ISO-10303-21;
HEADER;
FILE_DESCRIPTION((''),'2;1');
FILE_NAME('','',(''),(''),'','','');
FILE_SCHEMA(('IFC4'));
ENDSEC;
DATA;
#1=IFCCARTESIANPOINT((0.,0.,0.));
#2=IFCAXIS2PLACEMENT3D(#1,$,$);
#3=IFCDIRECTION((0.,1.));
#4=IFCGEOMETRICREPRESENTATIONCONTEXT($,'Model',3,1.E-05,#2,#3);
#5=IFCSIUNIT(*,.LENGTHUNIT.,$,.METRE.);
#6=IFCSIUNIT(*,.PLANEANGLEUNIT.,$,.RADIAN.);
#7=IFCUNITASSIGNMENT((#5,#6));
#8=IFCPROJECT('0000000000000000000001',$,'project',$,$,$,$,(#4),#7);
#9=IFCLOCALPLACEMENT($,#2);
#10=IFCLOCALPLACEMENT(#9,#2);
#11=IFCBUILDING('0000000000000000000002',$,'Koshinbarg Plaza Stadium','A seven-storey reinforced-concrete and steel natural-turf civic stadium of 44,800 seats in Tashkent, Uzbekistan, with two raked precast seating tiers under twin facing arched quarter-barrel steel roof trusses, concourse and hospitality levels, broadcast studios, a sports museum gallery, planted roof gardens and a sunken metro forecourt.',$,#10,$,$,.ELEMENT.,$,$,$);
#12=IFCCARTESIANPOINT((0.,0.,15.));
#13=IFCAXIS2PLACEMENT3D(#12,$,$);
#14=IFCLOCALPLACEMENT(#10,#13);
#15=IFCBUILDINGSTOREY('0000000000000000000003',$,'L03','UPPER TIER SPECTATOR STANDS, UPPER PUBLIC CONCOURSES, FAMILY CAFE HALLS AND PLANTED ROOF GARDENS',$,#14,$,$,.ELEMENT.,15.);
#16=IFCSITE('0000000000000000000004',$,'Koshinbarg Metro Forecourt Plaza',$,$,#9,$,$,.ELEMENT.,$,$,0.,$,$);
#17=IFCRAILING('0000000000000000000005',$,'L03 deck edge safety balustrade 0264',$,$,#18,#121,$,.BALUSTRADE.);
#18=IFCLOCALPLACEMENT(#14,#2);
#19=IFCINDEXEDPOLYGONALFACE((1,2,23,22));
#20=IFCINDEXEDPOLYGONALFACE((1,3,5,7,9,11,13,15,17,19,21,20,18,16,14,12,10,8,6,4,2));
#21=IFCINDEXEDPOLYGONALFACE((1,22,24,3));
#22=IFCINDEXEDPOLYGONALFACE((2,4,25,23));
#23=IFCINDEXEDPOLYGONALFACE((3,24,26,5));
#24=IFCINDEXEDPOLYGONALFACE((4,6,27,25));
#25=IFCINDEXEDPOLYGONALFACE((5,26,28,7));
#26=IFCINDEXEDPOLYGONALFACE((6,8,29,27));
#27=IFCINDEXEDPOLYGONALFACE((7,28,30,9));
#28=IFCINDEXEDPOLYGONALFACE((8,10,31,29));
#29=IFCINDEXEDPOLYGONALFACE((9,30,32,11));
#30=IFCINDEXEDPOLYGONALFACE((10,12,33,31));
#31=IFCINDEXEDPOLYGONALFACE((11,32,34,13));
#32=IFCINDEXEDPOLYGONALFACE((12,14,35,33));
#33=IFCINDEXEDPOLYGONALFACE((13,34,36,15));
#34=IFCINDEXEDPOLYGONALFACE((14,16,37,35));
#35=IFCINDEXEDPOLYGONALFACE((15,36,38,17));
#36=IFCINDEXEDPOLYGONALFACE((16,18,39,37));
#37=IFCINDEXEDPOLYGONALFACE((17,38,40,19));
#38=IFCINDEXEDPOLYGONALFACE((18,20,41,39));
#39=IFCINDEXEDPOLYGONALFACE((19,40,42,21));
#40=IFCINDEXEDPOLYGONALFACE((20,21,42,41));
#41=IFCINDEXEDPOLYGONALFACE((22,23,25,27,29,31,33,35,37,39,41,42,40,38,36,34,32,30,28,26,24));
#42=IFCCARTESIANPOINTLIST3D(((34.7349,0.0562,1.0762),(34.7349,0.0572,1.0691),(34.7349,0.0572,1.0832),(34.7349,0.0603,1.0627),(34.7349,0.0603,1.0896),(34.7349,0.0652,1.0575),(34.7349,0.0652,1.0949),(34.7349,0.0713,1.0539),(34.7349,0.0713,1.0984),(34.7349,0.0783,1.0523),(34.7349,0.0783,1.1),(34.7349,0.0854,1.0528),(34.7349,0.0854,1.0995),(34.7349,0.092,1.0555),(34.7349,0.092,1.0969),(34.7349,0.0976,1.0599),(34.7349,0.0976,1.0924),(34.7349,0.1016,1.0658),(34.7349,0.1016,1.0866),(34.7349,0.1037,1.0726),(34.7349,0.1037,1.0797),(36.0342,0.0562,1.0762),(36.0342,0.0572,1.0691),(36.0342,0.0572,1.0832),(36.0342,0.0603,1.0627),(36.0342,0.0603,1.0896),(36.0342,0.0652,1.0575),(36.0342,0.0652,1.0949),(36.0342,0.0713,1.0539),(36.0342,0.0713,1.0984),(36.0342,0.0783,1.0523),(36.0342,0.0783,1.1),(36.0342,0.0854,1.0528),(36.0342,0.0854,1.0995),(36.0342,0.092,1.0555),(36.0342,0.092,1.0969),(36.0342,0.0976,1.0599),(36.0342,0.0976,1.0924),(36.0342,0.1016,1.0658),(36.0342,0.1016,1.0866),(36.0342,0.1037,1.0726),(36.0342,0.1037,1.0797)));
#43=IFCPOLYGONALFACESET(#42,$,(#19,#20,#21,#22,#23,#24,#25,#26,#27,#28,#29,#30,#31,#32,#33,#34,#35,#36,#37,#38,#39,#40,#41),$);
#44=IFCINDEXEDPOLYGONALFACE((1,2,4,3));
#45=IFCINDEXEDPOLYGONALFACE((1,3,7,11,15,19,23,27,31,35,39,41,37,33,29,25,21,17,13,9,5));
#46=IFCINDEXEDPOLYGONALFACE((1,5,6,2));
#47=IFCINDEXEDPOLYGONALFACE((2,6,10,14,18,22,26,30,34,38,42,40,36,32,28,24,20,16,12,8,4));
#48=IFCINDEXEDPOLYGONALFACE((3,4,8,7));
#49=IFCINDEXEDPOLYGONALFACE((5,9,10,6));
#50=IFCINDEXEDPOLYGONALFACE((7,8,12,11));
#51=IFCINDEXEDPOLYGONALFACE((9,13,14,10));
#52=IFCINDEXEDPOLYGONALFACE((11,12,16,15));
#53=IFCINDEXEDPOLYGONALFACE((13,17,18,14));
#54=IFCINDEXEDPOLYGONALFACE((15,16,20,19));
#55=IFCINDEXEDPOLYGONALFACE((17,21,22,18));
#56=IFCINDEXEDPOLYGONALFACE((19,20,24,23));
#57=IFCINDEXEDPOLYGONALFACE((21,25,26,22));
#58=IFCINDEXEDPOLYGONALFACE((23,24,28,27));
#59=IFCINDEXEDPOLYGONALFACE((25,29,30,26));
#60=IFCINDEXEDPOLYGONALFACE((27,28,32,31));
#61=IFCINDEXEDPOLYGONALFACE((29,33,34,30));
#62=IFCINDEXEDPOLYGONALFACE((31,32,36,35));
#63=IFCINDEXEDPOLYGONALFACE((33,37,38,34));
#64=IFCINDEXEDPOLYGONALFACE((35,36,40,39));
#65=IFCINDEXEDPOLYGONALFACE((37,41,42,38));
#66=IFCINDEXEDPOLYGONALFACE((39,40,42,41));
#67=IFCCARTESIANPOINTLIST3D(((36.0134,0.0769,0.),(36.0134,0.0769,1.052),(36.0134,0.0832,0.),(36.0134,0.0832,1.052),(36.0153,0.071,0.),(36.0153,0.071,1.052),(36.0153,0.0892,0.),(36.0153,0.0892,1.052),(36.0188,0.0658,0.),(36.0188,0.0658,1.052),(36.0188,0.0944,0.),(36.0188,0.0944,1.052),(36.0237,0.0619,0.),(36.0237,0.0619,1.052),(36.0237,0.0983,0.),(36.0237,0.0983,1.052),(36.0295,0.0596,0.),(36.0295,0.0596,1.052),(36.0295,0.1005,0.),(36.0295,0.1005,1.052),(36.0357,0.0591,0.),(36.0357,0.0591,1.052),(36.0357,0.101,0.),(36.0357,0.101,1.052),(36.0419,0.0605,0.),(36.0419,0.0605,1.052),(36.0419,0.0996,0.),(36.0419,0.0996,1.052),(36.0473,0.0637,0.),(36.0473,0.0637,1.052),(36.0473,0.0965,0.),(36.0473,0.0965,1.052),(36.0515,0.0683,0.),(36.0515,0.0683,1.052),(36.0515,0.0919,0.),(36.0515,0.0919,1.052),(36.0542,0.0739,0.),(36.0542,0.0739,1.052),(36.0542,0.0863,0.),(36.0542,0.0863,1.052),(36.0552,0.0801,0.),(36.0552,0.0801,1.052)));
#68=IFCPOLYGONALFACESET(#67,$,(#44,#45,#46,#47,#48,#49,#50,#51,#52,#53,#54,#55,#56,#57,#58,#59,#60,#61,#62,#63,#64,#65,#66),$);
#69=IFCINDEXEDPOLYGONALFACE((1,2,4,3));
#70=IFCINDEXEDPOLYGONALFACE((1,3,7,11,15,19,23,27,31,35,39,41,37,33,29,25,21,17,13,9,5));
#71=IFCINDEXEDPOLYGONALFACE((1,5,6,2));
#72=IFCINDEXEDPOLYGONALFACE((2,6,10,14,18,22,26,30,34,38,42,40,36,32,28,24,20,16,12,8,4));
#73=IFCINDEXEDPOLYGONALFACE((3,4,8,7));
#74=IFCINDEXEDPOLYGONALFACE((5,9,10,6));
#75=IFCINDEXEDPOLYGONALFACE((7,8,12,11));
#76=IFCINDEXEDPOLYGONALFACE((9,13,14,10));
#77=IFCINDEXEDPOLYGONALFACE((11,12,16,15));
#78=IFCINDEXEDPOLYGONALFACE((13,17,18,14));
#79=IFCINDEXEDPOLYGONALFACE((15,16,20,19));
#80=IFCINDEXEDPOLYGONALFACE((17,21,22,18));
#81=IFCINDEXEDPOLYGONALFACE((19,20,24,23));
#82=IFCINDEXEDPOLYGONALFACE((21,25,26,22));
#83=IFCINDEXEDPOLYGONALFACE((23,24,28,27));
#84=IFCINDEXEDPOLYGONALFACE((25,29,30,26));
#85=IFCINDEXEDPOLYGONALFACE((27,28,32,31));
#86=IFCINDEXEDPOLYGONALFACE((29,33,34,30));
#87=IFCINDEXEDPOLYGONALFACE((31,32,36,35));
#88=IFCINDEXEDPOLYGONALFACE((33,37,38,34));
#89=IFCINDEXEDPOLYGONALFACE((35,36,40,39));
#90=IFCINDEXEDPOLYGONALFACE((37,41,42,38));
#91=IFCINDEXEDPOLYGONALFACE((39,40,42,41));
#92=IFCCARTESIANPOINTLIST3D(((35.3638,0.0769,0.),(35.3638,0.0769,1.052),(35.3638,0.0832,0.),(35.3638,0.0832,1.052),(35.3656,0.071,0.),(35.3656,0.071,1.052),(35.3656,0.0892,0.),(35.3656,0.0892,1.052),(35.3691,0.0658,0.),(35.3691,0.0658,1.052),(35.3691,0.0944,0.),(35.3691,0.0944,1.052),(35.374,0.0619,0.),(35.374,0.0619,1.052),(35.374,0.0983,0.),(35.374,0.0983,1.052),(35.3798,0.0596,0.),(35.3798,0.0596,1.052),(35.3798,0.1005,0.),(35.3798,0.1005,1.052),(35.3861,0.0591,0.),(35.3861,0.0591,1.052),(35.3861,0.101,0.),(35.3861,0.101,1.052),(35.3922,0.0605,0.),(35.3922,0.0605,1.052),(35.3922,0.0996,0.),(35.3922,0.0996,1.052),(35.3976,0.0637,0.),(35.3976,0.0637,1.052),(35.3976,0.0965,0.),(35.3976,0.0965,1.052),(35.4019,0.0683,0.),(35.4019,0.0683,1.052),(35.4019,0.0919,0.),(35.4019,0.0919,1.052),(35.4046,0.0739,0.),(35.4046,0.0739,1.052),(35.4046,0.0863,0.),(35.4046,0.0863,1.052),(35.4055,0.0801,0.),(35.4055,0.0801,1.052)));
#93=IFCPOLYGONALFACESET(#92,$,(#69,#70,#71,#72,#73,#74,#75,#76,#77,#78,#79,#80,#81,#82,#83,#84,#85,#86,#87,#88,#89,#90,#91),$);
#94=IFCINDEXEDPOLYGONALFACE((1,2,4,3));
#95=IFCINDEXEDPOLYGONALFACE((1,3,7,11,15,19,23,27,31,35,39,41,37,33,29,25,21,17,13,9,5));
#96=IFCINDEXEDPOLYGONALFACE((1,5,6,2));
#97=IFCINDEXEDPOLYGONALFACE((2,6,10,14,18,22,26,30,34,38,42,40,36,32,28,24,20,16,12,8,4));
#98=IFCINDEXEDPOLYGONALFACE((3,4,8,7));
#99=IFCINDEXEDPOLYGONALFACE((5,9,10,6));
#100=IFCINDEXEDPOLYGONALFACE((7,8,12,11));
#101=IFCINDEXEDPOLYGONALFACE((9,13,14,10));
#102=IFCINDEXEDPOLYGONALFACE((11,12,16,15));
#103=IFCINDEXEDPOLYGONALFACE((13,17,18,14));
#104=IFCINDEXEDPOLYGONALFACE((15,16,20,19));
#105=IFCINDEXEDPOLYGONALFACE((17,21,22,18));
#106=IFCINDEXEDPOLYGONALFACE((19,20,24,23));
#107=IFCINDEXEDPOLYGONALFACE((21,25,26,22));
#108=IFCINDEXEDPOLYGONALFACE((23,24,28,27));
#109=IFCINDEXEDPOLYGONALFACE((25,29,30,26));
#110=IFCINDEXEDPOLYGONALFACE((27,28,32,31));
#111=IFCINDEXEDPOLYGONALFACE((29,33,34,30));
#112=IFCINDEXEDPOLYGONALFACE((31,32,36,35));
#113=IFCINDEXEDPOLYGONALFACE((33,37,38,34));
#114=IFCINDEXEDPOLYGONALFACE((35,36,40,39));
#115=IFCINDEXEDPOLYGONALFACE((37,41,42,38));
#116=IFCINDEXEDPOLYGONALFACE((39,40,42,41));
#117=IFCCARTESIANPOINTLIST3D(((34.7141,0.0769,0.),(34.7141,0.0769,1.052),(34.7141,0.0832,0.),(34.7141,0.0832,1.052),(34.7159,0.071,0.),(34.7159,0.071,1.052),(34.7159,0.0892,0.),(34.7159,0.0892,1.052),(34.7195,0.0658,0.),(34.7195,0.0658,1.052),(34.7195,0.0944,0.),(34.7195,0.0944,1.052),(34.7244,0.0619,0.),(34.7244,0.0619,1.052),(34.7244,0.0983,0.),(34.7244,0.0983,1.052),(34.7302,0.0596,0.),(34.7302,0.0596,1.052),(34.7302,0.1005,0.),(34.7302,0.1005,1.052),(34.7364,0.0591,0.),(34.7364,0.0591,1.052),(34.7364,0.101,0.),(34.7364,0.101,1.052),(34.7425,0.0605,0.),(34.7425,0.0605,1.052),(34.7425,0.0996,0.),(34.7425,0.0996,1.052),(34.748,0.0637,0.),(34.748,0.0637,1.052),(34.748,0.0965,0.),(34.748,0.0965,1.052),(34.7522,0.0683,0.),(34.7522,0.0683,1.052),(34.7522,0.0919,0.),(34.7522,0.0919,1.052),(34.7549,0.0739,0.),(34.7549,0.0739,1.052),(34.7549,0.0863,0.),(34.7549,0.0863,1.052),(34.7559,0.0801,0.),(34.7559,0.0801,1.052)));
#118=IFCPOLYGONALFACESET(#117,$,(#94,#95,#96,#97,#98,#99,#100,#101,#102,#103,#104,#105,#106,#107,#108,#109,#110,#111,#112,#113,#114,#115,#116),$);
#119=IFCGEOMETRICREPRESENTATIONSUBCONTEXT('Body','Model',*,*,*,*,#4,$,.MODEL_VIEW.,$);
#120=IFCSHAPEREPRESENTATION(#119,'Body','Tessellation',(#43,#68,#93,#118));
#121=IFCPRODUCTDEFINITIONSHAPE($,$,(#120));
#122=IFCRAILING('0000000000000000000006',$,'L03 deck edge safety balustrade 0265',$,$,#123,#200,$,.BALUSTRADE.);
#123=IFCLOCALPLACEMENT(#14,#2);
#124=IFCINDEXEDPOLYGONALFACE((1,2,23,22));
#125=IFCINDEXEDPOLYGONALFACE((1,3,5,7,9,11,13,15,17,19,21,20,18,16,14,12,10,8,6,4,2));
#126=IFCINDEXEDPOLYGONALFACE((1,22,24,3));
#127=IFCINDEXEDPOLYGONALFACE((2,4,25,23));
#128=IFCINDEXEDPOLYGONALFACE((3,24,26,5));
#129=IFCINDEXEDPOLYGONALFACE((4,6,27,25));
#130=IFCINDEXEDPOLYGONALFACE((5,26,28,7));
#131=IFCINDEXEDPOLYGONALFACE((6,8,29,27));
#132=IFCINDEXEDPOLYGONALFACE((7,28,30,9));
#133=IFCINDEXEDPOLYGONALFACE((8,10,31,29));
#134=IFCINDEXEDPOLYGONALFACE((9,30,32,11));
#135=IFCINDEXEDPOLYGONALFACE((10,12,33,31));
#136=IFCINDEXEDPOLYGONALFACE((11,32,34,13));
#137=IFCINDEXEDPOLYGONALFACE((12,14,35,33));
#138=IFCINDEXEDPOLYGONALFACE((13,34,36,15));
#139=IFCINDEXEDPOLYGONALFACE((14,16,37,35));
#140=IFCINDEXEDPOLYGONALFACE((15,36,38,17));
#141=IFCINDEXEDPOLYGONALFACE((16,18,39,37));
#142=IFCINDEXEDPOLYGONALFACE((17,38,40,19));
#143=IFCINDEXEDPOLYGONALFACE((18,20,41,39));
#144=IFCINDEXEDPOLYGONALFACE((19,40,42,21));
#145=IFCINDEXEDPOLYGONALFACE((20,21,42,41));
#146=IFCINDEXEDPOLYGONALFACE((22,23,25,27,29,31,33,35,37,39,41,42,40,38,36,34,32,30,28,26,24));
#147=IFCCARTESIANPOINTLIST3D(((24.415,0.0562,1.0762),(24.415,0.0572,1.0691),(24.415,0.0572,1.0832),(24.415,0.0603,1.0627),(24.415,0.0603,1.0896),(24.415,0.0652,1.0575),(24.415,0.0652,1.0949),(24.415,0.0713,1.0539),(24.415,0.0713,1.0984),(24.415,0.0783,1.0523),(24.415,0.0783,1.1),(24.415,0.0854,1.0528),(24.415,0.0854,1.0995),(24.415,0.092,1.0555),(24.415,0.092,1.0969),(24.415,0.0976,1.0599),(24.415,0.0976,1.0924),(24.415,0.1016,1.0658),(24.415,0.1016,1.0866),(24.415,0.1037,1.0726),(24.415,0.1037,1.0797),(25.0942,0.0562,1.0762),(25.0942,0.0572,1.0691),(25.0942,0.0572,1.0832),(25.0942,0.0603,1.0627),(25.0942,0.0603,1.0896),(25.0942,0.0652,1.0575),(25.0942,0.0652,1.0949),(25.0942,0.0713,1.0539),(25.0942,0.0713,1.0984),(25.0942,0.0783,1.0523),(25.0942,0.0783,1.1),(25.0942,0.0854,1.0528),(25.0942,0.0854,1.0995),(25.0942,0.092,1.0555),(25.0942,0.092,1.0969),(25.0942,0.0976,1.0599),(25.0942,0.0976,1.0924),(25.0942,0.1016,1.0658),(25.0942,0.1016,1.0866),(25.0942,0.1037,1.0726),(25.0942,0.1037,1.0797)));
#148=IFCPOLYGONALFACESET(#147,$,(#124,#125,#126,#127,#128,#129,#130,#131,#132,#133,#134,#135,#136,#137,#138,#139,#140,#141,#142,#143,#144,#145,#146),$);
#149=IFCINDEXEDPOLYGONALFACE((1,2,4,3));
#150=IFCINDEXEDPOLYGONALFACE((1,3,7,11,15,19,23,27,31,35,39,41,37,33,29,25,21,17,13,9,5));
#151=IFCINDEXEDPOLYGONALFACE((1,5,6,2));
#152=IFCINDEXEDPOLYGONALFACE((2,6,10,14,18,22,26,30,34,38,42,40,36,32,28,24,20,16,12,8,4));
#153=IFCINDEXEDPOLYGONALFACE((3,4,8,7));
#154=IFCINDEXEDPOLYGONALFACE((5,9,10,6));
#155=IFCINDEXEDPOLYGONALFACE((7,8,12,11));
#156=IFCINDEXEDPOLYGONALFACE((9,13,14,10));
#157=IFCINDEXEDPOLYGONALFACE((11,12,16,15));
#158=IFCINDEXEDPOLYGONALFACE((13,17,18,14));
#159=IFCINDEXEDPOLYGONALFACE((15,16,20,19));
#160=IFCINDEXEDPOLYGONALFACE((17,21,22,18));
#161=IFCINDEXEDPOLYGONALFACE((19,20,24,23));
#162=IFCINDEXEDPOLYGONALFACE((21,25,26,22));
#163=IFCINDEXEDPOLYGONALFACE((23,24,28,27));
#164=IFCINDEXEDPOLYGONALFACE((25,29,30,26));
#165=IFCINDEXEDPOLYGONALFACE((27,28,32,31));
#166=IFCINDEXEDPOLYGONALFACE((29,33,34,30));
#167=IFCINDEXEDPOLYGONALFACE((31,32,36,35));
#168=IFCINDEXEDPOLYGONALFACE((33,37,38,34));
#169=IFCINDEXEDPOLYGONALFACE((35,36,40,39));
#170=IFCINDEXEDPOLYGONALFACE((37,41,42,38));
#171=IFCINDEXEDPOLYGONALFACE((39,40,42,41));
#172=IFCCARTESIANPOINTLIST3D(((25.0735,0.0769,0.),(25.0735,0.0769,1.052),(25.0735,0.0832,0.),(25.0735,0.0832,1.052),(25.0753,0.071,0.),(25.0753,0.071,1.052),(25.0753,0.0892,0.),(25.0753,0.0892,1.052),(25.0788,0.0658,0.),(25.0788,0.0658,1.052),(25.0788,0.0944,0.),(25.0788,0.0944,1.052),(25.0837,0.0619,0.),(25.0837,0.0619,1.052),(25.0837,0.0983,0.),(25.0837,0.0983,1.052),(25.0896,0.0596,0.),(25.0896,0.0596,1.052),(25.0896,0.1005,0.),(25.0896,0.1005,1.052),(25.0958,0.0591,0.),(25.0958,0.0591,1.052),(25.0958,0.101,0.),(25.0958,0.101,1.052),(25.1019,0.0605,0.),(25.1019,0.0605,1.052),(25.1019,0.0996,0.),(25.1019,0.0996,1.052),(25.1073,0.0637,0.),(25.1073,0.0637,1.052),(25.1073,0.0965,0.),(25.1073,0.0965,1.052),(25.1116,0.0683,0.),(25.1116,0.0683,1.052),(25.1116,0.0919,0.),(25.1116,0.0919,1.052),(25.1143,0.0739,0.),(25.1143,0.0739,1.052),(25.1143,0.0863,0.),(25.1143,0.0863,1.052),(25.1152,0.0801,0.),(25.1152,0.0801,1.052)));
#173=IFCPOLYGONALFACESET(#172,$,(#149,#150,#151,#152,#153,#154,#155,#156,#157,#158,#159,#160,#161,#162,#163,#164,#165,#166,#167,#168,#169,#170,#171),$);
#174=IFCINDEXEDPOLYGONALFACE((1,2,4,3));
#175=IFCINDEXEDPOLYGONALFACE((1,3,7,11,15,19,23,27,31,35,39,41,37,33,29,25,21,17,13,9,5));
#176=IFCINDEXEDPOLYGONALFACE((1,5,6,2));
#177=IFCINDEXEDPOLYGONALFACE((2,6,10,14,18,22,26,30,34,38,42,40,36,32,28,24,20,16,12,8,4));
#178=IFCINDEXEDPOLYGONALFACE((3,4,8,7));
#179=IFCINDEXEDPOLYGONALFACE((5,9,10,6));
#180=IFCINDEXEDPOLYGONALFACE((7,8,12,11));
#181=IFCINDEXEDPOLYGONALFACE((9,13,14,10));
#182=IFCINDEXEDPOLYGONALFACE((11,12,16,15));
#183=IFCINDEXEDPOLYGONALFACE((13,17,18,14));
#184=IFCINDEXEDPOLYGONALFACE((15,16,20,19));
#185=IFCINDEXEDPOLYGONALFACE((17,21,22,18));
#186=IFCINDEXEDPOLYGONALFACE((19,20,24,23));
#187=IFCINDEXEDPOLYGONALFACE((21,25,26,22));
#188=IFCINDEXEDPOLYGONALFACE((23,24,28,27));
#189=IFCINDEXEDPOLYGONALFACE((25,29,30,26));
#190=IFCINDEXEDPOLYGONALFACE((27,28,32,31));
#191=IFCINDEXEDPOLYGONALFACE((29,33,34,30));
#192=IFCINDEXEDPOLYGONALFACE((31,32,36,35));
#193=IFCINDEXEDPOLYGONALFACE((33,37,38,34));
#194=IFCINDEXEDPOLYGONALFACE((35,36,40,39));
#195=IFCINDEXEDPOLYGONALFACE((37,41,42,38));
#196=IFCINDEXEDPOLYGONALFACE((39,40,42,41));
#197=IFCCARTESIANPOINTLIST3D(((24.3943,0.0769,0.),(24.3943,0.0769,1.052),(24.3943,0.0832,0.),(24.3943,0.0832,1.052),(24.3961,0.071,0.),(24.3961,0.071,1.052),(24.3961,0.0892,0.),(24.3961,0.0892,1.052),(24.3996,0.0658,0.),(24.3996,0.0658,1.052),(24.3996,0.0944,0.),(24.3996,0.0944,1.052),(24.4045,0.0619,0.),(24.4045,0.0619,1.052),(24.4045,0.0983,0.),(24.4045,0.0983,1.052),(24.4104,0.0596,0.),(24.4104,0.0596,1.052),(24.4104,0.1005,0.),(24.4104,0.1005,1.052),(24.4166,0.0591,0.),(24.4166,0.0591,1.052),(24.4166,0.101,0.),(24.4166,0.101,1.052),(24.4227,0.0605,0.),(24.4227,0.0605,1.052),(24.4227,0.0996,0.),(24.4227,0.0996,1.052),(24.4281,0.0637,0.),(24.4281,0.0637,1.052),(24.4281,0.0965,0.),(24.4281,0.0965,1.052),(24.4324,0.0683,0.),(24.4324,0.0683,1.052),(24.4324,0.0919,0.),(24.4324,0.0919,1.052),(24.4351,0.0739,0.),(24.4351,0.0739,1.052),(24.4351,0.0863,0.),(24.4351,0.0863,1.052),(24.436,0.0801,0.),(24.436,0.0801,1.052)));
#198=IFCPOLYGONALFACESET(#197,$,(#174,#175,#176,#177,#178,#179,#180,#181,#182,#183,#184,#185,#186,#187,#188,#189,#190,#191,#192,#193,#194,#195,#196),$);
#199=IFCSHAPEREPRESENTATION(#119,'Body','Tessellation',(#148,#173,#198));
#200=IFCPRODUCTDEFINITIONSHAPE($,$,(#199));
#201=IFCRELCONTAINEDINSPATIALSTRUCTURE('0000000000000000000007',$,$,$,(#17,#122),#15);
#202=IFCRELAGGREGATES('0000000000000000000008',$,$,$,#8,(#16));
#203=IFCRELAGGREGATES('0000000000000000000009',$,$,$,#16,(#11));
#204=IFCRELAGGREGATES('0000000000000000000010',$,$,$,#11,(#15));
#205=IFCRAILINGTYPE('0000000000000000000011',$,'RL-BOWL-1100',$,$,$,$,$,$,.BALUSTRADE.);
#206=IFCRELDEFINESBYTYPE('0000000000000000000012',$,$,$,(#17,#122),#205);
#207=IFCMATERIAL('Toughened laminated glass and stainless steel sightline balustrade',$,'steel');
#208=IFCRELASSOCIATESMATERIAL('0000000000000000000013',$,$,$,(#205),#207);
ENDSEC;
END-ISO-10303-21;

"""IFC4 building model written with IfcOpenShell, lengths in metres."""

from ifc_helpers import new_model, si_unit, direction, frame, origin, origin_2d, place, context, subcontext, project, spatial, circle, extrude, material, type_object, element, save


model = new_model("IFC4")

# Units and contexts
model_context = context("Model", 3, precision=1e-05, world=origin(), true_north=direction((0.0, 1.0)))
body_context = subcontext(model_context, "Body", "Model", "MODEL_VIEW")
ifc_project = project(units=[si_unit("LENGTHUNIT", "METRE"), si_unit("PLANEANGLEUNIT", "RADIAN")], contexts=[model_context])

# Site, building, storey
site_placement = place(None, origin())
site = spatial("IfcSite", under=ifc_project, at=site_placement, Name="Koshinbarg Metro Forecourt Plaza", CompositionType="ELEMENT", RefElevation=0.0)
building_placement = place(site_placement, origin())
building = spatial("IfcBuilding", under=site, at=building_placement, Name="Koshinbarg Plaza Stadium", Description="A seven-storey reinforced-concrete and steel natural-turf civic stadium of 44,800 seats in Tashkent, Uzbekistan, with two raked precast seating tiers under twin facing arched quarter-barrel steel roof trusses, concourse and hospitality levels, broadcast studios, a sports museum gallery, planted roof gardens and a sunken metro forecourt.", CompositionType="ELEMENT")
storey_placement = place(building_placement, frame((0.0, 0.0, 15.0)))
storey = spatial("IfcBuildingStorey", under=building, at=storey_placement, Name="L03", Description="UPPER TIER SPECTATOR STANDS, UPPER PUBLIC CONCOURSES, FAMILY CAFE HALLS AND PLANTED ROOF GARDENS", CompositionType="ELEMENT", Elevation=15.0)

# Railings
ifc_material_1 = material(Name="Toughened laminated glass and stainless steel sightline balustrade", Category="steel")
railing_type = type_object("IfcRailingType", Name="RL-BOWL-1100", PredefinedType="BALUSTRADE", material=ifc_material_1)
railing_1_placement = place(storey_placement, frame((36.0342, 0.0801, 0.0)))
element("IfcRailing", 1, at=railing_1_placement, inside=storey, type_object=railing_type, Name="L03 deck edge safety balustrade 0264", PredefinedType="BALUSTRADE", context=body_context, shape_type="SweptSolid", body=[
    extrude(circle(Radius=0.0239, at=origin_2d()), frame((0.0, 0.0, 1.0762), z_axis=(-1.0, 0.0, 0.0), x_axis=(0.0, -1.0, 0.0)), (0.0, 0.0, 1.0), 1.2993),
    extrude(circle(Radius=0.021, at=origin_2d()), origin(), (0.0, 0.0, 1.0), 1.052),
    extrude(circle(Radius=0.021, at=origin_2d()), frame((-0.6497, 0.0, 0.0)), (0.0, 0.0, 1.0), 1.052),
    extrude(circle(Radius=0.021, at=origin_2d()), frame((-1.2993, 0.0, 0.0)), (0.0, 0.0, 1.0), 1.052),
])
railing_2_placement = place(storey_placement, frame((25.0942, 0.0801, 0.0)))
element("IfcRailing", 2, at=railing_2_placement, inside=storey, type_object=railing_type, Name="L03 deck edge safety balustrade 0265", PredefinedType="BALUSTRADE", context=body_context, shape_type="SweptSolid", body=[
    extrude(circle(Radius=0.0239, at=origin_2d()), frame((0.0, 0.0, 1.0762), z_axis=(-1.0, 0.0, 0.0), x_axis=(0.0, -1.0, 0.0)), (0.0, 0.0, 1.0), 0.6792),
    extrude(circle(Radius=0.021, at=origin_2d()), origin(), (0.0, 0.0, 1.0), 1.052),
    extrude(circle(Radius=0.021, at=origin_2d()), frame((-0.6792, 0.0, 0.0)), (0.0, 0.0, 1.0), 1.052),
])

save(model, "model.ifc")
